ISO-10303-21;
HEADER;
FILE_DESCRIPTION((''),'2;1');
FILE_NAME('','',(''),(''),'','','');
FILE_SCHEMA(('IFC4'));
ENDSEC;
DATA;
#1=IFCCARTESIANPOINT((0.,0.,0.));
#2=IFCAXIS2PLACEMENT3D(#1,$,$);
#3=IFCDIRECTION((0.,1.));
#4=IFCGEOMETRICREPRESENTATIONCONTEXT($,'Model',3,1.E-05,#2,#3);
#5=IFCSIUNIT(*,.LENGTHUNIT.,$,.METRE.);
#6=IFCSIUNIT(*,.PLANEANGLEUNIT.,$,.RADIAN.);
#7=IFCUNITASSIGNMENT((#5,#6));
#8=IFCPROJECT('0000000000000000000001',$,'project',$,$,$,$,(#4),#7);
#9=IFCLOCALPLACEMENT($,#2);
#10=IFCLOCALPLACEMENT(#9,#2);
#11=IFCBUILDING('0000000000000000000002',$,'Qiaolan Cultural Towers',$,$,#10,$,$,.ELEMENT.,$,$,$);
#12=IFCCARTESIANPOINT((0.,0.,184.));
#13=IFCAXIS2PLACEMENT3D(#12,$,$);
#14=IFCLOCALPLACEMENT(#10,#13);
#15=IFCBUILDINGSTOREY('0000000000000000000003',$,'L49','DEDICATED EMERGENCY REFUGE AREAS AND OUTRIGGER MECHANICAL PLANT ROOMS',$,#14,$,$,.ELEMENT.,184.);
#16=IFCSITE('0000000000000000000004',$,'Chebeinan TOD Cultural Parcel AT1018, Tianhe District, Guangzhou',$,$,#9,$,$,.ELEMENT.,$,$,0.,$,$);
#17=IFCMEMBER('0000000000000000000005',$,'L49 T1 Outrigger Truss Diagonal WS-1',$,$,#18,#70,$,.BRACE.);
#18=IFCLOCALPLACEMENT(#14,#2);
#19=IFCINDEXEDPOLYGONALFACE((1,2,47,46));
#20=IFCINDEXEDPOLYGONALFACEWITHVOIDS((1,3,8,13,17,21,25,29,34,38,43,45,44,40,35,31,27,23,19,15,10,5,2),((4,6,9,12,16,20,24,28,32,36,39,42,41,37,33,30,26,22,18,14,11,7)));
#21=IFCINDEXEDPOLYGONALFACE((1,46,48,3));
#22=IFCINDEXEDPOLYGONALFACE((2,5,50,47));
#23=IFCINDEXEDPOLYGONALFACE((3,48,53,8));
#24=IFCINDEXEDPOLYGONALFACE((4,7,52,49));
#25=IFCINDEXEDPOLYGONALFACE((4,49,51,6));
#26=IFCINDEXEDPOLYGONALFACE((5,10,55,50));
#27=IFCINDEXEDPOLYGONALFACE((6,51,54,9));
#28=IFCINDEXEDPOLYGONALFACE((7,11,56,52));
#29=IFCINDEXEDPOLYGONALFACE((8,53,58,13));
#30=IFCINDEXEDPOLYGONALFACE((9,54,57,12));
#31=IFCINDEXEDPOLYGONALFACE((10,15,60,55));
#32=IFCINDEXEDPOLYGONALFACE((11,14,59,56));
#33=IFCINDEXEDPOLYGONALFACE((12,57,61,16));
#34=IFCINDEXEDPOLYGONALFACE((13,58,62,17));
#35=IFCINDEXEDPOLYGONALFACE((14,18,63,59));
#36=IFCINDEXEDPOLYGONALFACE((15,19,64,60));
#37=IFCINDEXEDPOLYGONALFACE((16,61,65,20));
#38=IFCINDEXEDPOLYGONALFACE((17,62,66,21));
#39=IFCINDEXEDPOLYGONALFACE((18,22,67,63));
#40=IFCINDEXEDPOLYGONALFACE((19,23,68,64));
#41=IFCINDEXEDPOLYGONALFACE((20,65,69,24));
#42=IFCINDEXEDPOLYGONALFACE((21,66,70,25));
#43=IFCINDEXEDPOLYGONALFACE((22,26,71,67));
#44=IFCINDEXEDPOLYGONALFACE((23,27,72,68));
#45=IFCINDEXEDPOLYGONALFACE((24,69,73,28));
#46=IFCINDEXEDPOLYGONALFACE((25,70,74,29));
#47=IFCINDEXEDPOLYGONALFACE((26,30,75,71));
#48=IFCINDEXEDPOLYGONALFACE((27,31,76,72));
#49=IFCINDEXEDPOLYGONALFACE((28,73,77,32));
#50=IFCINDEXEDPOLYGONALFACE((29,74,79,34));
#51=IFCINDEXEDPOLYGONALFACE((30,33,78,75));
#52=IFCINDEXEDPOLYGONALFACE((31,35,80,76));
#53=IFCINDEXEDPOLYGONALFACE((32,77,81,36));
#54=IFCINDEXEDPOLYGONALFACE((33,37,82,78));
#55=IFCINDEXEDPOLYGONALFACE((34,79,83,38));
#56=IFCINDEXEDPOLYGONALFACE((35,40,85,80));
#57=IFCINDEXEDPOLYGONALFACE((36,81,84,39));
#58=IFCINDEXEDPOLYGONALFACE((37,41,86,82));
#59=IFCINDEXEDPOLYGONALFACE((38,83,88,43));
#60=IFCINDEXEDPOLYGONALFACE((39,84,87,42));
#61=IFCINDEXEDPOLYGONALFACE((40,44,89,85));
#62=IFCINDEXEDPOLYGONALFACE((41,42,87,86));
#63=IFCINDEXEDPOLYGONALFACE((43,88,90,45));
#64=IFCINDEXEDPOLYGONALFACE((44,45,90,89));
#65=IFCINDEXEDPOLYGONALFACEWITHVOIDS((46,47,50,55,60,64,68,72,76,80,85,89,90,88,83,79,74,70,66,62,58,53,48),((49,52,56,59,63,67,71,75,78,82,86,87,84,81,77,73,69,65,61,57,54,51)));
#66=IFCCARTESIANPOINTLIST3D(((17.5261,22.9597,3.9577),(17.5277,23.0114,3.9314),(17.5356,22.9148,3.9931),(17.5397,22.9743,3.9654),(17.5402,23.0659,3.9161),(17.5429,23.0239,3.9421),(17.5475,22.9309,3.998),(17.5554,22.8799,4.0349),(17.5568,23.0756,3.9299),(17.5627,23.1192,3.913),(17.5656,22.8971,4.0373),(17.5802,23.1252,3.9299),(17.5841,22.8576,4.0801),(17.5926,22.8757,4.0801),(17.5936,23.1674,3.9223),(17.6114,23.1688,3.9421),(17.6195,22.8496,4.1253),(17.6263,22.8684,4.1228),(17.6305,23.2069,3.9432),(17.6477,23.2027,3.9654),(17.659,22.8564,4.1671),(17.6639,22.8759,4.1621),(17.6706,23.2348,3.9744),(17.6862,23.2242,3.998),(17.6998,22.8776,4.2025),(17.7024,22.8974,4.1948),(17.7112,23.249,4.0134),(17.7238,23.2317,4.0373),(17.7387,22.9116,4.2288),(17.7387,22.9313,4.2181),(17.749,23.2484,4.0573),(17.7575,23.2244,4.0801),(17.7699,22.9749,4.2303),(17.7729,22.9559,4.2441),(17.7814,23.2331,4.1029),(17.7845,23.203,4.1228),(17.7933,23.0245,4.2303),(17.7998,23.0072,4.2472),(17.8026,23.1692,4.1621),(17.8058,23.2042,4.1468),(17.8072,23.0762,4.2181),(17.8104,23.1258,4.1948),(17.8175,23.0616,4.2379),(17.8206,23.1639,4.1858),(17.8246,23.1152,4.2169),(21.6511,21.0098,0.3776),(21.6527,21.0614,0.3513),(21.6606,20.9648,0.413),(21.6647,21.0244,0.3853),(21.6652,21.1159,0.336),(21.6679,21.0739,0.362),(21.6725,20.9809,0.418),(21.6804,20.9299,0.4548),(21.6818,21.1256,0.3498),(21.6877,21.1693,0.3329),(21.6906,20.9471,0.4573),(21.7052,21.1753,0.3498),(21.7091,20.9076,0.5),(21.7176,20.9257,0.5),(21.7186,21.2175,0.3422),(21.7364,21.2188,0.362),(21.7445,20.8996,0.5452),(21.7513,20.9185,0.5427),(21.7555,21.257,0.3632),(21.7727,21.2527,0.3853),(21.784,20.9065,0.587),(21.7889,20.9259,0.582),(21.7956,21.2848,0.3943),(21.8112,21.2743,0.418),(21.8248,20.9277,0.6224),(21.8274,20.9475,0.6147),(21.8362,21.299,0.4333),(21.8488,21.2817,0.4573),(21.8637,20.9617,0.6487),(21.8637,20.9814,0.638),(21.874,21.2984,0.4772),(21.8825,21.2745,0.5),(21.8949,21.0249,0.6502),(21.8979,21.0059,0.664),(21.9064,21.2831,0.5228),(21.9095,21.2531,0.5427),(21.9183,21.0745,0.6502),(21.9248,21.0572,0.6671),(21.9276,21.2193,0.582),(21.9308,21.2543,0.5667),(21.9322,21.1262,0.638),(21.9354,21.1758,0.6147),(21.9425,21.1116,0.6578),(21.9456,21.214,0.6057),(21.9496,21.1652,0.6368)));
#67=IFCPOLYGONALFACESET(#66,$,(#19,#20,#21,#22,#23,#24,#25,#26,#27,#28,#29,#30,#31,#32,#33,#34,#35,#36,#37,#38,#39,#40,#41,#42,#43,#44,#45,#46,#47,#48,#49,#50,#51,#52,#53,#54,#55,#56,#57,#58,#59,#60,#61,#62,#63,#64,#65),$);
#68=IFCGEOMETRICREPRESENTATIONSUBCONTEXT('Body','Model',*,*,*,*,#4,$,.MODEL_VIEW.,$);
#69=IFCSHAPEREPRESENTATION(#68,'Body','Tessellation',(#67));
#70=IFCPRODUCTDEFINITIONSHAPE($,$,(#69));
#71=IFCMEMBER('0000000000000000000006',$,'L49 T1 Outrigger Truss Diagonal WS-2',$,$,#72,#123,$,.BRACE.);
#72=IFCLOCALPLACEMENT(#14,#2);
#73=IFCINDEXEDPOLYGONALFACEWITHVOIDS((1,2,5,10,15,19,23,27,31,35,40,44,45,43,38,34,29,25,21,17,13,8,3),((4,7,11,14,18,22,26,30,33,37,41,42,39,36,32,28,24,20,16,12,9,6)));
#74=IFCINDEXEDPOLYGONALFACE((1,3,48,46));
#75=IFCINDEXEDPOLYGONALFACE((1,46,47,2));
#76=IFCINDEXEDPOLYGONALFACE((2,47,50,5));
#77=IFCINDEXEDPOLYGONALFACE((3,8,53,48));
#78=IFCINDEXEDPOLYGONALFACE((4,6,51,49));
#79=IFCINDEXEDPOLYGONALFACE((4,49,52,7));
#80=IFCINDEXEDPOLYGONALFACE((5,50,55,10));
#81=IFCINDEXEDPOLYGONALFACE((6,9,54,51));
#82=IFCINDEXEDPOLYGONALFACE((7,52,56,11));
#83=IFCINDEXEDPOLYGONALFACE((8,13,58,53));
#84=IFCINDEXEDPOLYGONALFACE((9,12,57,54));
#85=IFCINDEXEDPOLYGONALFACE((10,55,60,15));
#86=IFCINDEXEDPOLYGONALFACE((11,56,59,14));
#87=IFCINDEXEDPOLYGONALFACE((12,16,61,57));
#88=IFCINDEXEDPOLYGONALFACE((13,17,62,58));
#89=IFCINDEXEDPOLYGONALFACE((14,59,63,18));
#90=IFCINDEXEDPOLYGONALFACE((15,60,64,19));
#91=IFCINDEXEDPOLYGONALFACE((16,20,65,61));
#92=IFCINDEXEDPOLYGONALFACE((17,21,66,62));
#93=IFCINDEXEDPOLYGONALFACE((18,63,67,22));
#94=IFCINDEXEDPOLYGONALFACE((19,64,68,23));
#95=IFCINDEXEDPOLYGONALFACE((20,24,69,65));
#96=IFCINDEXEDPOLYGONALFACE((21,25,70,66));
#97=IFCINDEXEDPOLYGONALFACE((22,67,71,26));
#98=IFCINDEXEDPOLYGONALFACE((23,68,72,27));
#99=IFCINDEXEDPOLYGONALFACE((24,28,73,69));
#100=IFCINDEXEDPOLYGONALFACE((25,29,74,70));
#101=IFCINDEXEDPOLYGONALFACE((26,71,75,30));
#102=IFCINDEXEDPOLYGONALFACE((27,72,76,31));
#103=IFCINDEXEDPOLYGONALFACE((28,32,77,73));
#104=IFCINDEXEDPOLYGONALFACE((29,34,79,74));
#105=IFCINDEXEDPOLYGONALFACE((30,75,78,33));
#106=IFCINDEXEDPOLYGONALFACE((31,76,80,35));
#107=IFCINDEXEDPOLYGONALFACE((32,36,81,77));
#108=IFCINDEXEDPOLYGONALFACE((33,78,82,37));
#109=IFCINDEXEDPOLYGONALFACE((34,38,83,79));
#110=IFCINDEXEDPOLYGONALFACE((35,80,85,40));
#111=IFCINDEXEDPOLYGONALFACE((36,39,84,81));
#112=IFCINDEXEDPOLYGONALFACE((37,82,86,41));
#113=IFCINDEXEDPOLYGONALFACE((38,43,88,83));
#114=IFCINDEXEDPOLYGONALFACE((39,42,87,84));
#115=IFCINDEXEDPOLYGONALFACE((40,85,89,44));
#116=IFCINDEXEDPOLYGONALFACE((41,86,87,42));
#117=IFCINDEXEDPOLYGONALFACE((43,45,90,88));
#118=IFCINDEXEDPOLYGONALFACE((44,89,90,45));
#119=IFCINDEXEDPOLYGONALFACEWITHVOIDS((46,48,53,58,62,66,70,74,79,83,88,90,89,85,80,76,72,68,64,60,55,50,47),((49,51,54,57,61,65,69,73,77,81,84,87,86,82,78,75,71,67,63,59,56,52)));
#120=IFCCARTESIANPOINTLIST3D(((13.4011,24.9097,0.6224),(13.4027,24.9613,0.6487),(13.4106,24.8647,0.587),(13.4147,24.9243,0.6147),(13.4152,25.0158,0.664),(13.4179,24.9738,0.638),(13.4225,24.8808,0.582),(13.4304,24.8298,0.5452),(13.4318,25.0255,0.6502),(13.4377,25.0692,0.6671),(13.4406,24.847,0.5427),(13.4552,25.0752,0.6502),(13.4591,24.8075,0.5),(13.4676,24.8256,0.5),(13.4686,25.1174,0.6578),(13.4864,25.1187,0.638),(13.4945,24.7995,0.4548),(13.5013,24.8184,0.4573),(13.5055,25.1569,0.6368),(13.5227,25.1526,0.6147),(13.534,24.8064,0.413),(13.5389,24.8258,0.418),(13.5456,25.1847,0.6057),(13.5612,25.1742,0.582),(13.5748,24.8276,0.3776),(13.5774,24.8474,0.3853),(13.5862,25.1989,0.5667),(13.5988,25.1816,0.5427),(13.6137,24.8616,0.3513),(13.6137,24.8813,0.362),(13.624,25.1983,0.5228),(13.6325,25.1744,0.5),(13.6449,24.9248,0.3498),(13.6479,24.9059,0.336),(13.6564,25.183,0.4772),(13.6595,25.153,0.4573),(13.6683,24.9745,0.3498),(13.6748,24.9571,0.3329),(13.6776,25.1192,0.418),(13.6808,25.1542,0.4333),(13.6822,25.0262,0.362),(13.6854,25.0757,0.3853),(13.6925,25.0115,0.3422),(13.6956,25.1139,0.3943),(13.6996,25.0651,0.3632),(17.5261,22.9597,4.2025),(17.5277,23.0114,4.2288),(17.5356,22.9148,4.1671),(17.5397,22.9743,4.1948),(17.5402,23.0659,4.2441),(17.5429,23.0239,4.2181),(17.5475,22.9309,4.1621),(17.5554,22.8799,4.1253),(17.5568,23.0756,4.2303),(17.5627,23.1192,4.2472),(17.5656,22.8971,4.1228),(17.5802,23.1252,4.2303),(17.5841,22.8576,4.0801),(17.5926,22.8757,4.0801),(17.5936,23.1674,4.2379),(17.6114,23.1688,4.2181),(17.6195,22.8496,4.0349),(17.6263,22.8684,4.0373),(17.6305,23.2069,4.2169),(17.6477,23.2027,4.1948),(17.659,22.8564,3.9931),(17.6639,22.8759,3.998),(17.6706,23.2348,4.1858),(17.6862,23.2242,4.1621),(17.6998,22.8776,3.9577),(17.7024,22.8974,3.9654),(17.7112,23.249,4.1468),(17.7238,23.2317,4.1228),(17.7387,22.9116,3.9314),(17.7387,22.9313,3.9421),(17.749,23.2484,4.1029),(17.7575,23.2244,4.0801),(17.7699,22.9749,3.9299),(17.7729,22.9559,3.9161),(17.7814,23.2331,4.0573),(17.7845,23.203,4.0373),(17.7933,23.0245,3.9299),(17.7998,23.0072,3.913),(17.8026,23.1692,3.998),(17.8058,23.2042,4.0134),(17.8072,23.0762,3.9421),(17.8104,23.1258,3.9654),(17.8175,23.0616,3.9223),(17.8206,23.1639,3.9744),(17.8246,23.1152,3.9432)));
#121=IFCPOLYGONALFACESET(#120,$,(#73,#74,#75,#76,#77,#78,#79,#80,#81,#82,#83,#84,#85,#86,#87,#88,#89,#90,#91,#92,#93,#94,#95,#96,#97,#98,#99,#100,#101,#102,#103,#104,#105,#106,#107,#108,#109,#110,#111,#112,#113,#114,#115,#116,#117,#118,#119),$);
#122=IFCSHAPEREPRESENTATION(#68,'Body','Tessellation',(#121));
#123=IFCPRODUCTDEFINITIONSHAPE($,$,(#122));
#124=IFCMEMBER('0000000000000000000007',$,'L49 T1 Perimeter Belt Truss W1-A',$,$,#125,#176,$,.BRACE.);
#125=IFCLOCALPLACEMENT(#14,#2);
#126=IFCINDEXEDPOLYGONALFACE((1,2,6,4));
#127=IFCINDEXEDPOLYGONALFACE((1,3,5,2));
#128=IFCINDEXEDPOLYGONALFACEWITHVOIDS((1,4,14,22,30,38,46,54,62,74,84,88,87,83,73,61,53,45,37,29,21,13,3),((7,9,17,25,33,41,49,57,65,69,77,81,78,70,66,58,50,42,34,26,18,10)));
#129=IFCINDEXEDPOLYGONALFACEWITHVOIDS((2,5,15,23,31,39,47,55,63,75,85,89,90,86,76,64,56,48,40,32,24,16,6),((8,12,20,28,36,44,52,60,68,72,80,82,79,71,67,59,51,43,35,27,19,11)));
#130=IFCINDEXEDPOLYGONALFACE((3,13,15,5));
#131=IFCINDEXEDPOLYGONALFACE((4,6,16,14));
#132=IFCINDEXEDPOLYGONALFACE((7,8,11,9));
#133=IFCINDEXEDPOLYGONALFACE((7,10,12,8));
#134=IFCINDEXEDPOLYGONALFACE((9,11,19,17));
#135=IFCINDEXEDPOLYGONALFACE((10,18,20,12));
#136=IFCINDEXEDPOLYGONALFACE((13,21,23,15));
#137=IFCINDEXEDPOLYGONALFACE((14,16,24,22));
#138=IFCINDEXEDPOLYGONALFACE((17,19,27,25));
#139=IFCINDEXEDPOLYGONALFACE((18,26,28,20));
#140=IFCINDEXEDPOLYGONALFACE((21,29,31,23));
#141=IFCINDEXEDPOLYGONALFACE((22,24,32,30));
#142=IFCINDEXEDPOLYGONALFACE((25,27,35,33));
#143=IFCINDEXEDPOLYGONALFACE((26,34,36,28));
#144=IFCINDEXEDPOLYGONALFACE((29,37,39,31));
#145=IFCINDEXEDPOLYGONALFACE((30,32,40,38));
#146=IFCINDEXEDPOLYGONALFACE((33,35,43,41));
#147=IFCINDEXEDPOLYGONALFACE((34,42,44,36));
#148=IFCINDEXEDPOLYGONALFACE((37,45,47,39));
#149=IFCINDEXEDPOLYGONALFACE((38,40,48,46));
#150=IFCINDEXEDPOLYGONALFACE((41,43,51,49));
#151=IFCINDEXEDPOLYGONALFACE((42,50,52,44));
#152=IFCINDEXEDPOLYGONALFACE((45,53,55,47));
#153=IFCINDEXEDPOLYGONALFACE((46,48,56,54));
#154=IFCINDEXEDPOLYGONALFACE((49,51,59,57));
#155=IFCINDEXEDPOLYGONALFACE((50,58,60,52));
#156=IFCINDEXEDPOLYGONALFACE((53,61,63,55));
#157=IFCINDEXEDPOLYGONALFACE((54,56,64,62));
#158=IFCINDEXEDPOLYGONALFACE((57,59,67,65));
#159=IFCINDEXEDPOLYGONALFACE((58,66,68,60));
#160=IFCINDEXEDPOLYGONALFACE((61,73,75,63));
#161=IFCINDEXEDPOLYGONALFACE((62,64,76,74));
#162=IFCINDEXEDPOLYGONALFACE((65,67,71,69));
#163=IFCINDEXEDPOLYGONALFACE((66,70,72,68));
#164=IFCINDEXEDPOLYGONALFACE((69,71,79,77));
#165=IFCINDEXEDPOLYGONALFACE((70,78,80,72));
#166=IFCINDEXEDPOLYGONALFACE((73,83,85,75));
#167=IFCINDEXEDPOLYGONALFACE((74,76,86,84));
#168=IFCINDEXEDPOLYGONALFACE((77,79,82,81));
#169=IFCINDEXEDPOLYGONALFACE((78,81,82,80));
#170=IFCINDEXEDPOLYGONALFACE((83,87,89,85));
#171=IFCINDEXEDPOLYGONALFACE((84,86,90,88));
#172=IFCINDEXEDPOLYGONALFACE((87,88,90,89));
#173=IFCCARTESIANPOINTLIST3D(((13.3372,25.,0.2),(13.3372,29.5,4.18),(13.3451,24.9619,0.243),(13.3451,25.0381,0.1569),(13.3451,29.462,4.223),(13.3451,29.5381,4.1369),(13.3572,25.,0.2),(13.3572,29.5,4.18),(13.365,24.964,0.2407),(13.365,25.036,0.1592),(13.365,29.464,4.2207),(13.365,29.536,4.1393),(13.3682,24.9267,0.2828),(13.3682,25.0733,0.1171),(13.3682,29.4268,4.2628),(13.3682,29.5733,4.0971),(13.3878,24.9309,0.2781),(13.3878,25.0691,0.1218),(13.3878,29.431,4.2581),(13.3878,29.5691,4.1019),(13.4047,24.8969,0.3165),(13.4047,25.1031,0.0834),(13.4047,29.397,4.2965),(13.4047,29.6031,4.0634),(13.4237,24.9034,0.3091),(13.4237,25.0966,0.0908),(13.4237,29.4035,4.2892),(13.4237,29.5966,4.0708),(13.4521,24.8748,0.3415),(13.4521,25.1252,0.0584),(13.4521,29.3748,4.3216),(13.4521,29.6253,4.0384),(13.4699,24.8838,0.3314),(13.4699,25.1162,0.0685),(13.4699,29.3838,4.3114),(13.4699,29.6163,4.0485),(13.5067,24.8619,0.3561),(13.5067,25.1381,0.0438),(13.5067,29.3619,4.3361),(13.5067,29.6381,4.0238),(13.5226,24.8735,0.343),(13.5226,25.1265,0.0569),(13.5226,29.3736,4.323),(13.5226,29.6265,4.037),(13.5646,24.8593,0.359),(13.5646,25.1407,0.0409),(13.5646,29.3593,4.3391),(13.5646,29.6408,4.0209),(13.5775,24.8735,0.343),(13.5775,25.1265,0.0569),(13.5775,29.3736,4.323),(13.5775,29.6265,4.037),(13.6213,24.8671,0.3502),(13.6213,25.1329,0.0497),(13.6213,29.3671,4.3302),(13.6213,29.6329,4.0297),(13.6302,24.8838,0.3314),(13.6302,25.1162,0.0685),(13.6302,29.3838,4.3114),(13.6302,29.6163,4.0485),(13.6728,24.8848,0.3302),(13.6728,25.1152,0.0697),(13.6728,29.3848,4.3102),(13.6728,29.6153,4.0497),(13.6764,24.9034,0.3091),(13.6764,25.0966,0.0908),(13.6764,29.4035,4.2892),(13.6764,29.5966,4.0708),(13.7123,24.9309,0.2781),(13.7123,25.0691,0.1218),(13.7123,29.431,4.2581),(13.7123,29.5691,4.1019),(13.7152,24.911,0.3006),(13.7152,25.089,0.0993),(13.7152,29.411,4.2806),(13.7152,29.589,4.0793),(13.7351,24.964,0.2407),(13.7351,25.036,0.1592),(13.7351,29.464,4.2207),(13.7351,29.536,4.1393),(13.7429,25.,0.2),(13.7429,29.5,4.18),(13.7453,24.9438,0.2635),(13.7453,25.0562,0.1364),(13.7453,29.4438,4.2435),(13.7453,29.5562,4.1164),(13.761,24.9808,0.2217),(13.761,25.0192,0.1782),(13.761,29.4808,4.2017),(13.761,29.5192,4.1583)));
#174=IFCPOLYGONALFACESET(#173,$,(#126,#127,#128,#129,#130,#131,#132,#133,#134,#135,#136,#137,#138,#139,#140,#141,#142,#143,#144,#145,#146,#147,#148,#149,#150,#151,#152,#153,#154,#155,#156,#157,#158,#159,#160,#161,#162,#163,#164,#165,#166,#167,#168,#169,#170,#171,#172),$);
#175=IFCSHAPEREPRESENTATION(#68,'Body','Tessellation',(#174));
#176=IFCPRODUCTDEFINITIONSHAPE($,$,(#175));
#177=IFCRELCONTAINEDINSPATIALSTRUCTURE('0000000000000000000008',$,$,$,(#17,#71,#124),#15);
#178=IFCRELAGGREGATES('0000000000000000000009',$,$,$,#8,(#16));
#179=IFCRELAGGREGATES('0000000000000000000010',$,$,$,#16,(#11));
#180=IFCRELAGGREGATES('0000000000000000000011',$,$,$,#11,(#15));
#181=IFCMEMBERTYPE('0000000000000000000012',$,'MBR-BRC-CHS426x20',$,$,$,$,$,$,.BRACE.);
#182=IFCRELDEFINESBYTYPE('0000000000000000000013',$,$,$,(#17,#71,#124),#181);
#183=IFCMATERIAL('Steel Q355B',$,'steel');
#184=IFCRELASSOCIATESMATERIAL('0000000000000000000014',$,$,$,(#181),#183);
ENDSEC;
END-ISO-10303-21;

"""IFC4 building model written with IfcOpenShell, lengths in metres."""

from ifc_helpers import new_model, si_unit, direction, frame, origin, origin_2d, place, context, subcontext, project, spatial, hollow_circle, extrude, material, material_profile, profile_set, type_object, element, save


model = new_model("IFC4")

# Units and contexts
model_context = context("Model", 3, precision=1e-05, world=origin(), true_north=direction((0.0, 1.0)))
body_context = subcontext(model_context, "Body", "Model", "MODEL_VIEW")
ifc_project = project(units=[si_unit("LENGTHUNIT", "METRE"), si_unit("PLANEANGLEUNIT", "RADIAN")], contexts=[model_context])

# Site, building, storey
site_placement = place(None, origin())
site = spatial("IfcSite", under=ifc_project, at=site_placement, Name="Chebeinan TOD Cultural Parcel AT1018, Tianhe District, Guangzhou", CompositionType="ELEMENT", RefElevation=0.0)
building_placement = place(site_placement, origin())
building = spatial("IfcBuilding", under=site, at=building_placement, Name="Qiaolan Cultural Towers", CompositionType="ELEMENT")
storey_placement = place(building_placement, frame((0.0, 0.0, 184.0)))
storey = spatial("IfcBuildingStorey", under=building, at=storey_placement, Name="L49", Description="DEDICATED EMERGENCY REFUGE AREAS AND OUTRIGGER MECHANICAL PLANT ROOMS", CompositionType="ELEMENT", Elevation=184.0)

# Members
ifc_material_1 = material(Name="Steel Q355B", Category="steel")
ifc_material_profile_1 = material_profile(ifc_material_1, hollow_circle(Radius=0.2129, WallThickness=0.02, at=origin_2d()), Name="CHS426x20")
ifc_profile_set_1 = profile_set([ifc_material_profile_1], Name="Steel Q355B")
member_type_1 = type_object("IfcMemberType", Name="MBR-BRC-CHS426x20", PredefinedType="BRACE", material=ifc_profile_set_1)
for number, where, z_axis, x_axis, name in (
    (1, (21.8, 21.1001, 0.5), (-0.711261, 0.336224, 0.617302), (-0.427371, -0.904076, 0.0), "L49 T1 Outrigger Truss Diagonal WS-1"),
    (2, (17.675, 23.05, 4.0801), (-0.711261, 0.336224, -0.617302), (-0.427371, -0.904076, 0.0), "L49 T1 Outrigger Truss Diagonal WS-2"),
):
    element("IfcMember", number, at=place(storey_placement, frame(where, z_axis=z_axis, x_axis=x_axis)), inside=storey, type_object=member_type_1, Name=name, PredefinedType="BRACE", context=body_context, shape_type="SweptSolid", body=[
        extrude(hollow_circle(Radius=0.2129, WallThickness=0.02, at=origin_2d()), origin(), (0.0, 0.0, 1.0), 5.7996),
    ])
for number, where, z_axis, x_axis, name in (
    (3, (13.55, 25.0, 0.2), (0.0, 0.749062, 0.6625), (-1.0, 0.0, 0.0), "L49 T1 Perimeter Belt Truss W1-A"),
):
    element("IfcMember", number, at=place(storey_placement, frame(where, z_axis=z_axis, x_axis=x_axis)), inside=storey, type_object=member_type_1, Name=name, PredefinedType="BRACE", context=body_context, shape_type="SweptSolid", body=[
        extrude(hollow_circle(Radius=0.2129, WallThickness=0.02, at=origin_2d()), origin(), (0.0, 0.0, 1.0), 6.0076),
    ])

save(model, "model.ifc")
